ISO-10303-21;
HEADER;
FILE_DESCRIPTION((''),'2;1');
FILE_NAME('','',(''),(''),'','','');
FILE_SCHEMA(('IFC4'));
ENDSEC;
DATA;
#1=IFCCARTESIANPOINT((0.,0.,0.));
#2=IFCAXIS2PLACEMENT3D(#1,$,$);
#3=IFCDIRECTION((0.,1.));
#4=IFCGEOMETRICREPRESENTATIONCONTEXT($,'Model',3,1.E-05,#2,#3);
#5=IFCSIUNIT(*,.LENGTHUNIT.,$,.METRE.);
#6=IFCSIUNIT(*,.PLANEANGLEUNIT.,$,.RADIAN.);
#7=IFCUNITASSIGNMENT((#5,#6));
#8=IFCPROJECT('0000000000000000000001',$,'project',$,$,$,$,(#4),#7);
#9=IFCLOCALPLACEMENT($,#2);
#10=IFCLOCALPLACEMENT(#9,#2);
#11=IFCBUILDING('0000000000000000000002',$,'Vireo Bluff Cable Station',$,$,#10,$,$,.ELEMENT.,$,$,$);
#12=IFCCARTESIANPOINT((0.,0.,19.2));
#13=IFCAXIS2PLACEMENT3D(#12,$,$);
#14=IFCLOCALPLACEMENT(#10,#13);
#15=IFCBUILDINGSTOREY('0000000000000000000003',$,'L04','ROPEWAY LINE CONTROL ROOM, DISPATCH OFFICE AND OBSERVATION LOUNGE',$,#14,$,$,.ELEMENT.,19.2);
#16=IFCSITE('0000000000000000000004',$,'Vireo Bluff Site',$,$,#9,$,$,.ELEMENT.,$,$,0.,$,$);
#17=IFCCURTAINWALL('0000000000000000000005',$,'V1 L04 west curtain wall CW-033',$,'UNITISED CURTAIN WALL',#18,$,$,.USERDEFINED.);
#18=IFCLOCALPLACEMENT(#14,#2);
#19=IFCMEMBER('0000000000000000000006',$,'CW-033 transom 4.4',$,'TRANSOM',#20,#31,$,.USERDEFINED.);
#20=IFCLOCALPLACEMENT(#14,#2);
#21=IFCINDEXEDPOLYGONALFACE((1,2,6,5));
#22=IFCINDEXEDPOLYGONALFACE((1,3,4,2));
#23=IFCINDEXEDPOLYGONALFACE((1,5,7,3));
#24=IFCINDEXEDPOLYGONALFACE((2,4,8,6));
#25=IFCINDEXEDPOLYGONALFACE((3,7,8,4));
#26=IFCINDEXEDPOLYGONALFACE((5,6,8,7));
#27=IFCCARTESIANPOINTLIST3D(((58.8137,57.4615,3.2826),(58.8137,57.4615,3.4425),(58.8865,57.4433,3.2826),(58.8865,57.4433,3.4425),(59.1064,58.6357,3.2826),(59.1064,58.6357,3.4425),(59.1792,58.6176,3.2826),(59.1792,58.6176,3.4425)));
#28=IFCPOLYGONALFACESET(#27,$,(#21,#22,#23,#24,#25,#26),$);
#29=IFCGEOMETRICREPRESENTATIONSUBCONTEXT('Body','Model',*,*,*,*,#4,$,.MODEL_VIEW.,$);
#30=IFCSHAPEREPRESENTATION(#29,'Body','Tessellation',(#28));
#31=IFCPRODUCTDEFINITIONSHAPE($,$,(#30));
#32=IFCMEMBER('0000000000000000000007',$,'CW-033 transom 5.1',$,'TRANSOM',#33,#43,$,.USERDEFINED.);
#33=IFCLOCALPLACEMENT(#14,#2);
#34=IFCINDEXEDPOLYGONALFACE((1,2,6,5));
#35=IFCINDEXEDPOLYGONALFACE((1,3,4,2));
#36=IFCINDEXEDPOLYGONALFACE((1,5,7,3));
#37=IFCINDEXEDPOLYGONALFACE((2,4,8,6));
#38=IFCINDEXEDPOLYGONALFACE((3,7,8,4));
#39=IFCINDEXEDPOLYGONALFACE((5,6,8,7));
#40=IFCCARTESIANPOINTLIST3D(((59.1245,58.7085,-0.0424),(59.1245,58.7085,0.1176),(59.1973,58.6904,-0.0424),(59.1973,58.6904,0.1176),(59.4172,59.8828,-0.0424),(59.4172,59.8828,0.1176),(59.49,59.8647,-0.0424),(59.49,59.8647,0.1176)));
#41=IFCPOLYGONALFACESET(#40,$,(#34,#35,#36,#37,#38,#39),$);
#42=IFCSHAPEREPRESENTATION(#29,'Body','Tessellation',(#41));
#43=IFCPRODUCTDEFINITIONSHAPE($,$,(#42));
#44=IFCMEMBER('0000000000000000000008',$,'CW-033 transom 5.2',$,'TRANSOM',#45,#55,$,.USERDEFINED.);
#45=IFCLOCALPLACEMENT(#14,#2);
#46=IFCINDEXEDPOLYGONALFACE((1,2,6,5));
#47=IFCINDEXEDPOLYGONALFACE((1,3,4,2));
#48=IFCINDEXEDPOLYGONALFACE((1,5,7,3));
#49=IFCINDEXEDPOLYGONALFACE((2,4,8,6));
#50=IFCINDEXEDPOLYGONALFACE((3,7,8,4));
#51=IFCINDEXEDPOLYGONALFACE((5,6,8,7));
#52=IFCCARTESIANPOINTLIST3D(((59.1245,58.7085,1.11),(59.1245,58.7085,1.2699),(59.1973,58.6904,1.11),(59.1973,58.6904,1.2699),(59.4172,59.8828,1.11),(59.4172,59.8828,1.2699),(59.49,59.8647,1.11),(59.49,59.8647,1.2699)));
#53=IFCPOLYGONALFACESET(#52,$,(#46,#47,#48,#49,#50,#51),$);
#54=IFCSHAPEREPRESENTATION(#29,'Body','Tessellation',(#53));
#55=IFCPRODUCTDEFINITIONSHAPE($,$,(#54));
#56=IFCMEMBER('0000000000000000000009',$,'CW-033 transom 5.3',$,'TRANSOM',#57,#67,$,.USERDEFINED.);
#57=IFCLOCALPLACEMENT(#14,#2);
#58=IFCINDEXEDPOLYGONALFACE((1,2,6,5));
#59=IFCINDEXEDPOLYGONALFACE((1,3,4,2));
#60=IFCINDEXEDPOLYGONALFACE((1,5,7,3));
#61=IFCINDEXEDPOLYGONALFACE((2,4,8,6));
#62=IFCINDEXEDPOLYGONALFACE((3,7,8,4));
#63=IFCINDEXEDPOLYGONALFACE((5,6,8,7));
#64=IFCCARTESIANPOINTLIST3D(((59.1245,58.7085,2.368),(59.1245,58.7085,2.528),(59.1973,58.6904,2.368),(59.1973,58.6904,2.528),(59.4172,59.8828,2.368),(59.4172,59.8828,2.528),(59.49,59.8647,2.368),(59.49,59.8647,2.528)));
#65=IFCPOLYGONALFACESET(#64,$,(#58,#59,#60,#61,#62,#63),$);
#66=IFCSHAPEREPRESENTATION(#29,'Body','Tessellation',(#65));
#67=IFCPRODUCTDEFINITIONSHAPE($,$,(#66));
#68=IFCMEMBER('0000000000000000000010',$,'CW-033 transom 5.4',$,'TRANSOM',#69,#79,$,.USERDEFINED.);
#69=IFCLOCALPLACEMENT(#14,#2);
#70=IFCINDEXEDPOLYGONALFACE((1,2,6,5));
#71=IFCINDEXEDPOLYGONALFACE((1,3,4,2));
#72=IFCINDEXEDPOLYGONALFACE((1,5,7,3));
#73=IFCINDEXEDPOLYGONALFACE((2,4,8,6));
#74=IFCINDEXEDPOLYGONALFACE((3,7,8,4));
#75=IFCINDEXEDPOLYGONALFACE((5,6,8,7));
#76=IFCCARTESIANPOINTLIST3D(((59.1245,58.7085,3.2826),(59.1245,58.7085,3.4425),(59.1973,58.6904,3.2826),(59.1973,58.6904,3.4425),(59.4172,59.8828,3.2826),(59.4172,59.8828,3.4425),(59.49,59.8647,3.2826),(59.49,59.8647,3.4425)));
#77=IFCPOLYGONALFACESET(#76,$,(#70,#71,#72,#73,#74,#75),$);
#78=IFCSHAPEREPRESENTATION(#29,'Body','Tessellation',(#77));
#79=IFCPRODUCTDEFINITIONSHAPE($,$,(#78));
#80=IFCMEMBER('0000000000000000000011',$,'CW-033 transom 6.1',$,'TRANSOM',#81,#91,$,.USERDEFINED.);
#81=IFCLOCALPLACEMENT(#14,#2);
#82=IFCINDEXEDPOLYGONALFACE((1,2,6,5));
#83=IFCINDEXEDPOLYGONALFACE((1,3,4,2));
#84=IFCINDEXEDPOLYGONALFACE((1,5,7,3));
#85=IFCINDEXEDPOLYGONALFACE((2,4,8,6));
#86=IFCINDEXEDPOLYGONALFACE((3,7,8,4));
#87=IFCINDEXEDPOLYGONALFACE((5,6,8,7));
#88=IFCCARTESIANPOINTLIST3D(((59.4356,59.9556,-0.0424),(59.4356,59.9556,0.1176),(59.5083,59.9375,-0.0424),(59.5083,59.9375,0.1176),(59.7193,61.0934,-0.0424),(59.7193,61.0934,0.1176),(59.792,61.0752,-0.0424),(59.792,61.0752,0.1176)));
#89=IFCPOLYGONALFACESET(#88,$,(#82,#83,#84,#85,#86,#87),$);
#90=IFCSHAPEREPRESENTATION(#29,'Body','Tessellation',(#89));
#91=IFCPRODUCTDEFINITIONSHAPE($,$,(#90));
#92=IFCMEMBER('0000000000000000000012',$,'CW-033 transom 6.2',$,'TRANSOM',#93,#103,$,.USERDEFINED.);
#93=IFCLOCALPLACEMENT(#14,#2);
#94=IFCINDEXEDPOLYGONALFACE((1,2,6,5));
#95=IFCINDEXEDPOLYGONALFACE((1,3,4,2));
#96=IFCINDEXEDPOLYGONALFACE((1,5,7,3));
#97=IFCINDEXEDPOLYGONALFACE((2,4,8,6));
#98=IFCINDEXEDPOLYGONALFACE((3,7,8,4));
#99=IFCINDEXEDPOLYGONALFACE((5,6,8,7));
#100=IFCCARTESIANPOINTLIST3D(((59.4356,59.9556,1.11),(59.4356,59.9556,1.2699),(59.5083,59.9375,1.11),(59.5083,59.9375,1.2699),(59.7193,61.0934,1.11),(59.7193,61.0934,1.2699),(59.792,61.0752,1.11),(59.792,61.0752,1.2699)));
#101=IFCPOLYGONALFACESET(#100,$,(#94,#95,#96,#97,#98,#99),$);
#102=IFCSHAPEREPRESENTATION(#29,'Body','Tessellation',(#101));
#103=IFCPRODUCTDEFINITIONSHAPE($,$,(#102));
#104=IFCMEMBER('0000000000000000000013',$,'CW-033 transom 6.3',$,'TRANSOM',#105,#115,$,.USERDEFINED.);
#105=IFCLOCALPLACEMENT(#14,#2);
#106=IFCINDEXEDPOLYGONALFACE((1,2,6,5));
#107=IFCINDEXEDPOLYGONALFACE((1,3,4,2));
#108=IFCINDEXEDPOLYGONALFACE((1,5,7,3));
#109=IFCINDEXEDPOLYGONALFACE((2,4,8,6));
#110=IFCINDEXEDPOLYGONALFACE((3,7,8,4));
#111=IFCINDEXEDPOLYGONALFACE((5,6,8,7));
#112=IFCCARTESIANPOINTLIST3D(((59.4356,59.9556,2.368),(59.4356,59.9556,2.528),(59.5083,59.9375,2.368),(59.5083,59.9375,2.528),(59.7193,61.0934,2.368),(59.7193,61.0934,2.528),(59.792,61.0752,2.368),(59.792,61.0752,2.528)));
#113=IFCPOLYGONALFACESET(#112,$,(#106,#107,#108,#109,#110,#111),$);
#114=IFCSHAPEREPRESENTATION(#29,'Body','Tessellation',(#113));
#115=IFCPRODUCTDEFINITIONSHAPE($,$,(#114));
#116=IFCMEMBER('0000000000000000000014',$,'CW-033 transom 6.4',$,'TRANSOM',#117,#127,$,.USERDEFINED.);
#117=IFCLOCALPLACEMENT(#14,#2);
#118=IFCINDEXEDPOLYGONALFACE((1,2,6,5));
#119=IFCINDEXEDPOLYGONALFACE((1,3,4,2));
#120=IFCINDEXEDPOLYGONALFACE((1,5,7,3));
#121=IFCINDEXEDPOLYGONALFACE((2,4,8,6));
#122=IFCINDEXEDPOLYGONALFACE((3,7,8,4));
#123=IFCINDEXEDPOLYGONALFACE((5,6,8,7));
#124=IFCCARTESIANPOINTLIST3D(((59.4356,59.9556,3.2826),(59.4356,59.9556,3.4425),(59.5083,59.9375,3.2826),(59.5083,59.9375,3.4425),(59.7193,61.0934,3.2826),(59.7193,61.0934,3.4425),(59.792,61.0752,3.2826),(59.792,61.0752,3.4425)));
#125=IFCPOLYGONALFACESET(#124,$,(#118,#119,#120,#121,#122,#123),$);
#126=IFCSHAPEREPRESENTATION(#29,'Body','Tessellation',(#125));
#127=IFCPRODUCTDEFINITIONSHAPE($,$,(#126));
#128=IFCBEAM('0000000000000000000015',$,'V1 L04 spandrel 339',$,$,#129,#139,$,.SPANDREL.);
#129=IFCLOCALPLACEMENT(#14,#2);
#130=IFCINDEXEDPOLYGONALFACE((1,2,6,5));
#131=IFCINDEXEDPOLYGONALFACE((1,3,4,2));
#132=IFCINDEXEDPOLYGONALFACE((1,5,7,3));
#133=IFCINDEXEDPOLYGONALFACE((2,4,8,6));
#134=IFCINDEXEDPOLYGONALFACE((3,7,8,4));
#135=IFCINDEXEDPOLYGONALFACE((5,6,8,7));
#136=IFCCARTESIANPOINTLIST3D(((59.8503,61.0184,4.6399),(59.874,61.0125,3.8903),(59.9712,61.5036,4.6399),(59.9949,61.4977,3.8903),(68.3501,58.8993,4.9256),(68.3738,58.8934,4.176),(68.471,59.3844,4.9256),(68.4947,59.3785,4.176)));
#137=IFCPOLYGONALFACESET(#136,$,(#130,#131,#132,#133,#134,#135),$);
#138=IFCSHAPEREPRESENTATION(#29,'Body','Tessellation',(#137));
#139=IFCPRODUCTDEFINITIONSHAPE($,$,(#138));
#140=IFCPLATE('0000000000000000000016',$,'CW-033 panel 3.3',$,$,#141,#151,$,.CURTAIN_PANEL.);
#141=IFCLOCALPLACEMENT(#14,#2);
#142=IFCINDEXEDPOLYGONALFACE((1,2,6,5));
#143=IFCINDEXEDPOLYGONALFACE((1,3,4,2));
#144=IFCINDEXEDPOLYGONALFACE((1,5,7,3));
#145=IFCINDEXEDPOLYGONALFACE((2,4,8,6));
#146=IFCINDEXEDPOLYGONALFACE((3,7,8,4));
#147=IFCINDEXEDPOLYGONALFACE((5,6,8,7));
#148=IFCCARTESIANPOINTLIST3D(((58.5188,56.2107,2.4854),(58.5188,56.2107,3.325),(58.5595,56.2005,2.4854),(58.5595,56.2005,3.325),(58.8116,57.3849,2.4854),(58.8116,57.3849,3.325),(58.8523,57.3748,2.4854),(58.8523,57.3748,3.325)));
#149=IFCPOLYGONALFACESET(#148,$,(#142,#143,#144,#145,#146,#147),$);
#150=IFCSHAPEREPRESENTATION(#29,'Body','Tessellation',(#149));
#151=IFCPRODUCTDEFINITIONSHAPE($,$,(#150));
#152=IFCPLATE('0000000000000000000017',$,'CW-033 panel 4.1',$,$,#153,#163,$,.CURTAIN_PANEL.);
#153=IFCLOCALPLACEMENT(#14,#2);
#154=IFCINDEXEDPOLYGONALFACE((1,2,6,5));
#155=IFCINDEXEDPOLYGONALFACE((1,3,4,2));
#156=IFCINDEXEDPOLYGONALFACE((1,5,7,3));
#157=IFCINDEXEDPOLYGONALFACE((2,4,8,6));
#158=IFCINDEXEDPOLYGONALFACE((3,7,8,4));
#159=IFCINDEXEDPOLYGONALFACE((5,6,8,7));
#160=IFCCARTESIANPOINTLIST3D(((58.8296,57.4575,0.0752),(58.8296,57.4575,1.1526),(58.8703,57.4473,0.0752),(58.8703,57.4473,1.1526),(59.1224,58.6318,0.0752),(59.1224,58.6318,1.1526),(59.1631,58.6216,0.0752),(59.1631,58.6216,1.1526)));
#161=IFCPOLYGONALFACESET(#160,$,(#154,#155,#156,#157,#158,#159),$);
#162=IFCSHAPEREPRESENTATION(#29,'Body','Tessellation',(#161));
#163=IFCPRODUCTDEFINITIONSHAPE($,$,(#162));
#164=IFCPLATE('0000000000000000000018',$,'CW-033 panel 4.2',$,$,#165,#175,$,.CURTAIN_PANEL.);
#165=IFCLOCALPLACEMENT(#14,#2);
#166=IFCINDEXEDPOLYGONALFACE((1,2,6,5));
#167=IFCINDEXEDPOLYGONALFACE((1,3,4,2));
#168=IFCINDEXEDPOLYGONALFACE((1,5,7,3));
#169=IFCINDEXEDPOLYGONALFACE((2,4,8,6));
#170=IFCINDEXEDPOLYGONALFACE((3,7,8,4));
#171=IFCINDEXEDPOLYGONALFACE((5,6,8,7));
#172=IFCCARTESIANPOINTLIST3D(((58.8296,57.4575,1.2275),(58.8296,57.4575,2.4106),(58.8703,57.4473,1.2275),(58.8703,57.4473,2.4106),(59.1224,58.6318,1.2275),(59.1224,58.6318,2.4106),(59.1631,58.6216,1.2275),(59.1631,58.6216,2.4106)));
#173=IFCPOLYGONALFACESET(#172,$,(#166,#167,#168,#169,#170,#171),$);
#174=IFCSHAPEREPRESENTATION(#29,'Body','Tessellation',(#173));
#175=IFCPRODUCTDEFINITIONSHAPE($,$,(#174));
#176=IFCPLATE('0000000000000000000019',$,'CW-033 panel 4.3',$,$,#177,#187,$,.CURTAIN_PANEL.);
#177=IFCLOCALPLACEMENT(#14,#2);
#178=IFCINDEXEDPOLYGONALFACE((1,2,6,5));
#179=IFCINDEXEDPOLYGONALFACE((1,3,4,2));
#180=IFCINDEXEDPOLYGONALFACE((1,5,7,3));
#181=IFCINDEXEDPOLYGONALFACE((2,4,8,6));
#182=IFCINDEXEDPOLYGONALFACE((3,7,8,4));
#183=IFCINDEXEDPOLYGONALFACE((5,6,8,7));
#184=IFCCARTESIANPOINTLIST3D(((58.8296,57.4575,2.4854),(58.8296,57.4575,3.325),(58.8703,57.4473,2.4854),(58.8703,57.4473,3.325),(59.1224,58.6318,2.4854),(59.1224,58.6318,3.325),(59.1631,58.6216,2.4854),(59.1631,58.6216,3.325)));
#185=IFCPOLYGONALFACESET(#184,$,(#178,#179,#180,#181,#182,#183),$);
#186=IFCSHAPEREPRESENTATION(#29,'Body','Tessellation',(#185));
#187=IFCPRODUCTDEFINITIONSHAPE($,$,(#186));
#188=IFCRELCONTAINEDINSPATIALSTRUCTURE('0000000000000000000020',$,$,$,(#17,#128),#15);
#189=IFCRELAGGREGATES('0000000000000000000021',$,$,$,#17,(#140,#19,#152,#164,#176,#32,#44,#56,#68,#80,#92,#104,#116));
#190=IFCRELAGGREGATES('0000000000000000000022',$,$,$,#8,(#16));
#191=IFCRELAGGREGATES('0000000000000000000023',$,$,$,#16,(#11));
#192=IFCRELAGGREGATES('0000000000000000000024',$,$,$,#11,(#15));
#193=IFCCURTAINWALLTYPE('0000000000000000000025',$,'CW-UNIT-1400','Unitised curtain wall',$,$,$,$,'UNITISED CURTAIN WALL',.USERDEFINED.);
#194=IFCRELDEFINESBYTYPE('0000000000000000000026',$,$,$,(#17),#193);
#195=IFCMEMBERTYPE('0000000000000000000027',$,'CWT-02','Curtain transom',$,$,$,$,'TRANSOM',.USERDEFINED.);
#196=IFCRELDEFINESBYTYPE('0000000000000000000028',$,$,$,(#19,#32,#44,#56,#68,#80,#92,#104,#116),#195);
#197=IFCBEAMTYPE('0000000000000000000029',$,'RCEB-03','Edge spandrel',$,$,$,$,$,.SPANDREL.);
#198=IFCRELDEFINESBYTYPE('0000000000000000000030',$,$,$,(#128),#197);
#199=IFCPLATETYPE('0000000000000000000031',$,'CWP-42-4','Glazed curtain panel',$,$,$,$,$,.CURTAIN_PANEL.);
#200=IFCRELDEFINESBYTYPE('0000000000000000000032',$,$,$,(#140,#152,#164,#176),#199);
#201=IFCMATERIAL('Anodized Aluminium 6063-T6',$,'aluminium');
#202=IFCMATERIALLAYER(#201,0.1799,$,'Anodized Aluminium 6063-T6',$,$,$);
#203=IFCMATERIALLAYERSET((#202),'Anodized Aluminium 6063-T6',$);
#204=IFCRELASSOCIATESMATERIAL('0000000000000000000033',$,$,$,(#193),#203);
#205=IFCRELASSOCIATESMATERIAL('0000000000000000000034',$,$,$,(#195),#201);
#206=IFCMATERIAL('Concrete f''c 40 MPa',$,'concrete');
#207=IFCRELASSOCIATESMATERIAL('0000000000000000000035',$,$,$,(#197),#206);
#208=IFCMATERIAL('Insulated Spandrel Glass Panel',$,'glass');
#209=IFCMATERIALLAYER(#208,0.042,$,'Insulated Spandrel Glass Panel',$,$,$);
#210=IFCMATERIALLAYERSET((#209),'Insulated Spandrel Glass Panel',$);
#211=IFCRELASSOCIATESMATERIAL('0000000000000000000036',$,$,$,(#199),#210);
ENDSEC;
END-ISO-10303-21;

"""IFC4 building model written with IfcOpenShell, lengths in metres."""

from ifc_helpers import new_model, si_unit, direction, frame, origin, origin_2d, place, context, subcontext, project, spatial, rectangle, extrude, material, layer, layer_set, material_profile, profile_set, type_object, element, aggregate, save


model = new_model("IFC4")

# Units and contexts
model_context = context("Model", 3, precision=1e-05, world=origin(), true_north=direction((0.0, 1.0)))
body_context = subcontext(model_context, "Body", "Model", "MODEL_VIEW")
ifc_project = project(units=[si_unit("LENGTHUNIT", "METRE"), si_unit("PLANEANGLEUNIT", "RADIAN")], contexts=[model_context])

# Site, building, storey
site_placement = place(None, origin())
site = spatial("IfcSite", under=ifc_project, at=site_placement, Name="Vireo Bluff Site", CompositionType="ELEMENT", RefElevation=0.0)
building_placement = place(site_placement, origin())
building = spatial("IfcBuilding", under=site, at=building_placement, Name="Vireo Bluff Cable Station", CompositionType="ELEMENT")
storey_placement = place(building_placement, frame((0.0, 0.0, 19.2)))
storey = spatial("IfcBuildingStorey", under=building, at=storey_placement, Name="L04", Description="ROPEWAY LINE CONTROL ROOM, DISPATCH OFFICE AND OBSERVATION LOUNGE", CompositionType="ELEMENT", Elevation=19.2)

# Curtain wall, members
ifc_material_1 = material(Name="Anodized Aluminium 6063-T6", Category="aluminium")
ifc_layer_1 = layer(ifc_material_1, 0.1799, Name="Anodized Aluminium 6063-T6")
ifc_layer_set_1 = layer_set([ifc_layer_1], Name="Anodized Aluminium 6063-T6")
curtain_wall_type = type_object("IfcCurtainWallType", Name="CW-UNIT-1400", Description="Unitised curtain wall", ElementType="UNITISED CURTAIN WALL", PredefinedType="USERDEFINED", material=ifc_layer_set_1)
curtain_wall_placement = place(storey_placement, origin())
curtain_wall = element("IfcCurtainWall", 1, at=curtain_wall_placement, inside=storey, type_object=curtain_wall_type, Name="V1 L04 west curtain wall CW-033", ObjectType="UNITISED CURTAIN WALL", PredefinedType="USERDEFINED")
ifc_material_profile_1 = material_profile(ifc_material_1, rectangle(XDim=0.075, YDim=0.1599, at=origin_2d()), Name="ALU-T-75X160")
ifc_profile_set_1 = profile_set([ifc_material_profile_1], Name="Anodized Aluminium 6063-T6")
member_type_1 = type_object("IfcMemberType", Name="CWT-02", Description="Curtain transom", ElementType="TRANSOM", PredefinedType="USERDEFINED", material=ifc_profile_set_1)
member_1_placement = place(storey_placement, frame((58.8501, 57.4524, 3.3625), z_axis=(0.241871, 0.970308, 0.0), x_axis=(-0.970308, 0.241871, 0.0)))
member_1 = element("IfcMember", 2, at=member_1_placement, type_object=member_type_1, Name="CW-033 transom 4.4", ObjectType="TRANSOM", PredefinedType="USERDEFINED", context=body_context, shape_type="SweptSolid", body=[
    extrude(rectangle(XDim=0.075, YDim=0.1599, at=origin_2d()), origin(), (0.0, 0.0, 1.0), 1.2102),
])
member_2_placement = place(storey_placement, frame((59.1609, 58.6995, 0.0376), z_axis=(0.241871, 0.970308, 0.0), x_axis=(-0.970308, 0.241871, 0.0)))
member_2 = element("IfcMember", 3, at=member_2_placement, type_object=member_type_1, Name="CW-033 transom 5.1", ObjectType="TRANSOM", PredefinedType="USERDEFINED", context=body_context, shape_type="SweptSolid", body=[
    extrude(rectangle(XDim=0.075, YDim=0.1599, at=origin_2d()), origin(), (0.0, 0.0, 1.0), 1.2102),
])
member_3_placement = place(storey_placement, frame((59.1609, 58.6995, 1.1899), z_axis=(0.241871, 0.970308, 0.0), x_axis=(-0.970308, 0.241871, 0.0)))
member_3 = element("IfcMember", 4, at=member_3_placement, type_object=member_type_1, Name="CW-033 transom 5.2", ObjectType="TRANSOM", PredefinedType="USERDEFINED", context=body_context, shape_type="SweptSolid", body=[
    extrude(rectangle(XDim=0.075, YDim=0.1599, at=origin_2d()), origin(), (0.0, 0.0, 1.0), 1.2102),
])
member_4_placement = place(storey_placement, frame((59.1609, 58.6995, 2.448), z_axis=(0.241871, 0.970308, 0.0), x_axis=(-0.970308, 0.241871, 0.0)))
member_4 = element("IfcMember", 5, at=member_4_placement, type_object=member_type_1, Name="CW-033 transom 5.3", ObjectType="TRANSOM", PredefinedType="USERDEFINED", context=body_context, shape_type="SweptSolid", body=[
    extrude(rectangle(XDim=0.075, YDim=0.1599, at=origin_2d()), origin(), (0.0, 0.0, 1.0), 1.2102),
])
member_5_placement = place(storey_placement, frame((59.1609, 58.6995, 3.3625), z_axis=(0.241871, 0.970308, 0.0), x_axis=(-0.970308, 0.241871, 0.0)))
member_5 = element("IfcMember", 6, at=member_5_placement, type_object=member_type_1, Name="CW-033 transom 5.4", ObjectType="TRANSOM", PredefinedType="USERDEFINED", context=body_context, shape_type="SweptSolid", body=[
    extrude(rectangle(XDim=0.075, YDim=0.1599, at=origin_2d()), origin(), (0.0, 0.0, 1.0), 1.2102),
])
member_6_placement = place(storey_placement, frame((59.4719, 59.9465, 0.0376), z_axis=(0.241948, 0.970289, 0.0), x_axis=(-0.970289, 0.241948, 0.0)))
member_6 = element("IfcMember", 7, at=member_6_placement, type_object=member_type_1, Name="CW-033 transom 6.1", ObjectType="TRANSOM", PredefinedType="USERDEFINED", context=body_context, shape_type="SweptSolid", body=[
    extrude(rectangle(XDim=0.075, YDim=0.1599, at=origin_2d()), origin(), (0.0, 0.0, 1.0), 1.1726),
])
member_7_placement = place(storey_placement, frame((59.4719, 59.9465, 1.1899), z_axis=(0.241948, 0.970289, 0.0), x_axis=(-0.970289, 0.241948, 0.0)))
member_7 = element("IfcMember", 8, at=member_7_placement, type_object=member_type_1, Name="CW-033 transom 6.2", ObjectType="TRANSOM", PredefinedType="USERDEFINED", context=body_context, shape_type="SweptSolid", body=[
    extrude(rectangle(XDim=0.075, YDim=0.1599, at=origin_2d()), origin(), (0.0, 0.0, 1.0), 1.1726),
])
member_8_placement = place(storey_placement, frame((59.4719, 59.9465, 2.448), z_axis=(0.241948, 0.970289, 0.0), x_axis=(-0.970289, 0.241948, 0.0)))
member_8 = element("IfcMember", 9, at=member_8_placement, type_object=member_type_1, Name="CW-033 transom 6.3", ObjectType="TRANSOM", PredefinedType="USERDEFINED", context=body_context, shape_type="SweptSolid", body=[
    extrude(rectangle(XDim=0.075, YDim=0.1599, at=origin_2d()), origin(), (0.0, 0.0, 1.0), 1.1726),
])
member_9_placement = place(storey_placement, frame((59.4719, 59.9465, 3.3625), z_axis=(0.241948, 0.970289, 0.0), x_axis=(-0.970289, 0.241948, 0.0)))
member_9 = element("IfcMember", 10, at=member_9_placement, type_object=member_type_1, Name="CW-033 transom 6.4", ObjectType="TRANSOM", PredefinedType="USERDEFINED", context=body_context, shape_type="SweptSolid", body=[
    extrude(rectangle(XDim=0.075, YDim=0.1599, at=origin_2d()), origin(), (0.0, 0.0, 1.0), 1.1726),
])

# Beam
ifc_material_2 = material(Name="Concrete f'c 40 MPa", Category="concrete")
ifc_material_profile_2 = material_profile(ifc_material_2, rectangle(XDim=0.5, YDim=0.75, at=origin_2d()), Name="RC-EB-500X750")
ifc_profile_set_2 = profile_set([ifc_material_profile_2], Name="Concrete f'c 40 MPa")
beam_type = type_object("IfcBeamType", Name="RCEB-03", Description="Edge spandrel", PredefinedType="SPANDREL", material=ifc_profile_set_2)
beam_placement = place(storey_placement, frame((59.9226, 61.2581, 4.2651), z_axis=(0.969783, -0.241784, 0.032591), x_axis=(0.241913, 0.970298, 0.0)))
element("IfcBeam", 11, at=beam_placement, inside=storey, type_object=beam_type, Name="V1 L04 spandrel 339", PredefinedType="SPANDREL", context=body_context, shape_type="SweptSolid", body=[
    extrude(rectangle(XDim=0.5, YDim=0.75, at=origin_2d()), origin(), (0.0, 0.0, 1.0), 8.7646),
])

# Plates
ifc_material_3 = material(Name="Insulated Spandrel Glass Panel", Category="glass")
ifc_layer_2 = layer(ifc_material_3, 0.042, Name="Insulated Spandrel Glass Panel")
ifc_layer_set_2 = layer_set([ifc_layer_2], Name="Insulated Spandrel Glass Panel")
plate_type_1 = type_object("IfcPlateType", Name="CWP-42-4", Description="Glazed curtain panel", PredefinedType="CURTAIN_PANEL", material=ifc_layer_set_2)
plate_1_placement = place(storey_placement, frame((58.6855, 56.7927, 2.4854), z_axis=(0.0, 0.0, 1.0), x_axis=(0.241922, 0.970296, 0.0)))
plate_1 = element("IfcPlate", 12, at=plate_1_placement, type_object=plate_type_1, Name="CW-033 panel 3.3", PredefinedType="CURTAIN_PANEL", context=body_context, shape_type="SweptSolid", body=[
    extrude(rectangle(XDim=1.2102, YDim=0.042, at=origin_2d()), origin(), (0.0, 0.0, 1.0), 0.8396),
])
plate_2_placement = place(storey_placement, frame((58.9963, 58.0396, 0.0752), z_axis=(0.0, 0.0, 1.0), x_axis=(0.241922, 0.970296, 0.0)))
plate_2 = element("IfcPlate", 13, at=plate_2_placement, type_object=plate_type_1, Name="CW-033 panel 4.1", PredefinedType="CURTAIN_PANEL", context=body_context, shape_type="SweptSolid", body=[
    extrude(rectangle(XDim=1.2102, YDim=0.042, at=origin_2d()), origin(), (0.0, 0.0, 1.0), 1.0774),
])
plate_3_placement = place(storey_placement, frame((58.9963, 58.0396, 1.2275), z_axis=(0.0, 0.0, 1.0), x_axis=(0.241922, 0.970296, 0.0)))
plate_3 = element("IfcPlate", 14, at=plate_3_placement, type_object=plate_type_1, Name="CW-033 panel 4.2", PredefinedType="CURTAIN_PANEL", context=body_context, shape_type="SweptSolid", body=[
    extrude(rectangle(XDim=1.2102, YDim=0.042, at=origin_2d()), origin(), (0.0, 0.0, 1.0), 1.1831),
])
plate_4_placement = place(storey_placement, frame((58.9963, 58.0396, 2.4854), z_axis=(0.0, 0.0, 1.0), x_axis=(0.241922, 0.970296, 0.0)))
plate_4 = element("IfcPlate", 15, at=plate_4_placement, type_object=plate_type_1, Name="CW-033 panel 4.3", PredefinedType="CURTAIN_PANEL", context=body_context, shape_type="SweptSolid", body=[
    extrude(rectangle(XDim=1.2102, YDim=0.042, at=origin_2d()), origin(), (0.0, 0.0, 1.0), 0.8396),
])
aggregate(curtain_wall, [plate_1, member_1, plate_2, plate_3, plate_4, member_2, member_3, member_4, member_5, member_6, member_7, member_8, member_9])

save(model, "model.ifc")
